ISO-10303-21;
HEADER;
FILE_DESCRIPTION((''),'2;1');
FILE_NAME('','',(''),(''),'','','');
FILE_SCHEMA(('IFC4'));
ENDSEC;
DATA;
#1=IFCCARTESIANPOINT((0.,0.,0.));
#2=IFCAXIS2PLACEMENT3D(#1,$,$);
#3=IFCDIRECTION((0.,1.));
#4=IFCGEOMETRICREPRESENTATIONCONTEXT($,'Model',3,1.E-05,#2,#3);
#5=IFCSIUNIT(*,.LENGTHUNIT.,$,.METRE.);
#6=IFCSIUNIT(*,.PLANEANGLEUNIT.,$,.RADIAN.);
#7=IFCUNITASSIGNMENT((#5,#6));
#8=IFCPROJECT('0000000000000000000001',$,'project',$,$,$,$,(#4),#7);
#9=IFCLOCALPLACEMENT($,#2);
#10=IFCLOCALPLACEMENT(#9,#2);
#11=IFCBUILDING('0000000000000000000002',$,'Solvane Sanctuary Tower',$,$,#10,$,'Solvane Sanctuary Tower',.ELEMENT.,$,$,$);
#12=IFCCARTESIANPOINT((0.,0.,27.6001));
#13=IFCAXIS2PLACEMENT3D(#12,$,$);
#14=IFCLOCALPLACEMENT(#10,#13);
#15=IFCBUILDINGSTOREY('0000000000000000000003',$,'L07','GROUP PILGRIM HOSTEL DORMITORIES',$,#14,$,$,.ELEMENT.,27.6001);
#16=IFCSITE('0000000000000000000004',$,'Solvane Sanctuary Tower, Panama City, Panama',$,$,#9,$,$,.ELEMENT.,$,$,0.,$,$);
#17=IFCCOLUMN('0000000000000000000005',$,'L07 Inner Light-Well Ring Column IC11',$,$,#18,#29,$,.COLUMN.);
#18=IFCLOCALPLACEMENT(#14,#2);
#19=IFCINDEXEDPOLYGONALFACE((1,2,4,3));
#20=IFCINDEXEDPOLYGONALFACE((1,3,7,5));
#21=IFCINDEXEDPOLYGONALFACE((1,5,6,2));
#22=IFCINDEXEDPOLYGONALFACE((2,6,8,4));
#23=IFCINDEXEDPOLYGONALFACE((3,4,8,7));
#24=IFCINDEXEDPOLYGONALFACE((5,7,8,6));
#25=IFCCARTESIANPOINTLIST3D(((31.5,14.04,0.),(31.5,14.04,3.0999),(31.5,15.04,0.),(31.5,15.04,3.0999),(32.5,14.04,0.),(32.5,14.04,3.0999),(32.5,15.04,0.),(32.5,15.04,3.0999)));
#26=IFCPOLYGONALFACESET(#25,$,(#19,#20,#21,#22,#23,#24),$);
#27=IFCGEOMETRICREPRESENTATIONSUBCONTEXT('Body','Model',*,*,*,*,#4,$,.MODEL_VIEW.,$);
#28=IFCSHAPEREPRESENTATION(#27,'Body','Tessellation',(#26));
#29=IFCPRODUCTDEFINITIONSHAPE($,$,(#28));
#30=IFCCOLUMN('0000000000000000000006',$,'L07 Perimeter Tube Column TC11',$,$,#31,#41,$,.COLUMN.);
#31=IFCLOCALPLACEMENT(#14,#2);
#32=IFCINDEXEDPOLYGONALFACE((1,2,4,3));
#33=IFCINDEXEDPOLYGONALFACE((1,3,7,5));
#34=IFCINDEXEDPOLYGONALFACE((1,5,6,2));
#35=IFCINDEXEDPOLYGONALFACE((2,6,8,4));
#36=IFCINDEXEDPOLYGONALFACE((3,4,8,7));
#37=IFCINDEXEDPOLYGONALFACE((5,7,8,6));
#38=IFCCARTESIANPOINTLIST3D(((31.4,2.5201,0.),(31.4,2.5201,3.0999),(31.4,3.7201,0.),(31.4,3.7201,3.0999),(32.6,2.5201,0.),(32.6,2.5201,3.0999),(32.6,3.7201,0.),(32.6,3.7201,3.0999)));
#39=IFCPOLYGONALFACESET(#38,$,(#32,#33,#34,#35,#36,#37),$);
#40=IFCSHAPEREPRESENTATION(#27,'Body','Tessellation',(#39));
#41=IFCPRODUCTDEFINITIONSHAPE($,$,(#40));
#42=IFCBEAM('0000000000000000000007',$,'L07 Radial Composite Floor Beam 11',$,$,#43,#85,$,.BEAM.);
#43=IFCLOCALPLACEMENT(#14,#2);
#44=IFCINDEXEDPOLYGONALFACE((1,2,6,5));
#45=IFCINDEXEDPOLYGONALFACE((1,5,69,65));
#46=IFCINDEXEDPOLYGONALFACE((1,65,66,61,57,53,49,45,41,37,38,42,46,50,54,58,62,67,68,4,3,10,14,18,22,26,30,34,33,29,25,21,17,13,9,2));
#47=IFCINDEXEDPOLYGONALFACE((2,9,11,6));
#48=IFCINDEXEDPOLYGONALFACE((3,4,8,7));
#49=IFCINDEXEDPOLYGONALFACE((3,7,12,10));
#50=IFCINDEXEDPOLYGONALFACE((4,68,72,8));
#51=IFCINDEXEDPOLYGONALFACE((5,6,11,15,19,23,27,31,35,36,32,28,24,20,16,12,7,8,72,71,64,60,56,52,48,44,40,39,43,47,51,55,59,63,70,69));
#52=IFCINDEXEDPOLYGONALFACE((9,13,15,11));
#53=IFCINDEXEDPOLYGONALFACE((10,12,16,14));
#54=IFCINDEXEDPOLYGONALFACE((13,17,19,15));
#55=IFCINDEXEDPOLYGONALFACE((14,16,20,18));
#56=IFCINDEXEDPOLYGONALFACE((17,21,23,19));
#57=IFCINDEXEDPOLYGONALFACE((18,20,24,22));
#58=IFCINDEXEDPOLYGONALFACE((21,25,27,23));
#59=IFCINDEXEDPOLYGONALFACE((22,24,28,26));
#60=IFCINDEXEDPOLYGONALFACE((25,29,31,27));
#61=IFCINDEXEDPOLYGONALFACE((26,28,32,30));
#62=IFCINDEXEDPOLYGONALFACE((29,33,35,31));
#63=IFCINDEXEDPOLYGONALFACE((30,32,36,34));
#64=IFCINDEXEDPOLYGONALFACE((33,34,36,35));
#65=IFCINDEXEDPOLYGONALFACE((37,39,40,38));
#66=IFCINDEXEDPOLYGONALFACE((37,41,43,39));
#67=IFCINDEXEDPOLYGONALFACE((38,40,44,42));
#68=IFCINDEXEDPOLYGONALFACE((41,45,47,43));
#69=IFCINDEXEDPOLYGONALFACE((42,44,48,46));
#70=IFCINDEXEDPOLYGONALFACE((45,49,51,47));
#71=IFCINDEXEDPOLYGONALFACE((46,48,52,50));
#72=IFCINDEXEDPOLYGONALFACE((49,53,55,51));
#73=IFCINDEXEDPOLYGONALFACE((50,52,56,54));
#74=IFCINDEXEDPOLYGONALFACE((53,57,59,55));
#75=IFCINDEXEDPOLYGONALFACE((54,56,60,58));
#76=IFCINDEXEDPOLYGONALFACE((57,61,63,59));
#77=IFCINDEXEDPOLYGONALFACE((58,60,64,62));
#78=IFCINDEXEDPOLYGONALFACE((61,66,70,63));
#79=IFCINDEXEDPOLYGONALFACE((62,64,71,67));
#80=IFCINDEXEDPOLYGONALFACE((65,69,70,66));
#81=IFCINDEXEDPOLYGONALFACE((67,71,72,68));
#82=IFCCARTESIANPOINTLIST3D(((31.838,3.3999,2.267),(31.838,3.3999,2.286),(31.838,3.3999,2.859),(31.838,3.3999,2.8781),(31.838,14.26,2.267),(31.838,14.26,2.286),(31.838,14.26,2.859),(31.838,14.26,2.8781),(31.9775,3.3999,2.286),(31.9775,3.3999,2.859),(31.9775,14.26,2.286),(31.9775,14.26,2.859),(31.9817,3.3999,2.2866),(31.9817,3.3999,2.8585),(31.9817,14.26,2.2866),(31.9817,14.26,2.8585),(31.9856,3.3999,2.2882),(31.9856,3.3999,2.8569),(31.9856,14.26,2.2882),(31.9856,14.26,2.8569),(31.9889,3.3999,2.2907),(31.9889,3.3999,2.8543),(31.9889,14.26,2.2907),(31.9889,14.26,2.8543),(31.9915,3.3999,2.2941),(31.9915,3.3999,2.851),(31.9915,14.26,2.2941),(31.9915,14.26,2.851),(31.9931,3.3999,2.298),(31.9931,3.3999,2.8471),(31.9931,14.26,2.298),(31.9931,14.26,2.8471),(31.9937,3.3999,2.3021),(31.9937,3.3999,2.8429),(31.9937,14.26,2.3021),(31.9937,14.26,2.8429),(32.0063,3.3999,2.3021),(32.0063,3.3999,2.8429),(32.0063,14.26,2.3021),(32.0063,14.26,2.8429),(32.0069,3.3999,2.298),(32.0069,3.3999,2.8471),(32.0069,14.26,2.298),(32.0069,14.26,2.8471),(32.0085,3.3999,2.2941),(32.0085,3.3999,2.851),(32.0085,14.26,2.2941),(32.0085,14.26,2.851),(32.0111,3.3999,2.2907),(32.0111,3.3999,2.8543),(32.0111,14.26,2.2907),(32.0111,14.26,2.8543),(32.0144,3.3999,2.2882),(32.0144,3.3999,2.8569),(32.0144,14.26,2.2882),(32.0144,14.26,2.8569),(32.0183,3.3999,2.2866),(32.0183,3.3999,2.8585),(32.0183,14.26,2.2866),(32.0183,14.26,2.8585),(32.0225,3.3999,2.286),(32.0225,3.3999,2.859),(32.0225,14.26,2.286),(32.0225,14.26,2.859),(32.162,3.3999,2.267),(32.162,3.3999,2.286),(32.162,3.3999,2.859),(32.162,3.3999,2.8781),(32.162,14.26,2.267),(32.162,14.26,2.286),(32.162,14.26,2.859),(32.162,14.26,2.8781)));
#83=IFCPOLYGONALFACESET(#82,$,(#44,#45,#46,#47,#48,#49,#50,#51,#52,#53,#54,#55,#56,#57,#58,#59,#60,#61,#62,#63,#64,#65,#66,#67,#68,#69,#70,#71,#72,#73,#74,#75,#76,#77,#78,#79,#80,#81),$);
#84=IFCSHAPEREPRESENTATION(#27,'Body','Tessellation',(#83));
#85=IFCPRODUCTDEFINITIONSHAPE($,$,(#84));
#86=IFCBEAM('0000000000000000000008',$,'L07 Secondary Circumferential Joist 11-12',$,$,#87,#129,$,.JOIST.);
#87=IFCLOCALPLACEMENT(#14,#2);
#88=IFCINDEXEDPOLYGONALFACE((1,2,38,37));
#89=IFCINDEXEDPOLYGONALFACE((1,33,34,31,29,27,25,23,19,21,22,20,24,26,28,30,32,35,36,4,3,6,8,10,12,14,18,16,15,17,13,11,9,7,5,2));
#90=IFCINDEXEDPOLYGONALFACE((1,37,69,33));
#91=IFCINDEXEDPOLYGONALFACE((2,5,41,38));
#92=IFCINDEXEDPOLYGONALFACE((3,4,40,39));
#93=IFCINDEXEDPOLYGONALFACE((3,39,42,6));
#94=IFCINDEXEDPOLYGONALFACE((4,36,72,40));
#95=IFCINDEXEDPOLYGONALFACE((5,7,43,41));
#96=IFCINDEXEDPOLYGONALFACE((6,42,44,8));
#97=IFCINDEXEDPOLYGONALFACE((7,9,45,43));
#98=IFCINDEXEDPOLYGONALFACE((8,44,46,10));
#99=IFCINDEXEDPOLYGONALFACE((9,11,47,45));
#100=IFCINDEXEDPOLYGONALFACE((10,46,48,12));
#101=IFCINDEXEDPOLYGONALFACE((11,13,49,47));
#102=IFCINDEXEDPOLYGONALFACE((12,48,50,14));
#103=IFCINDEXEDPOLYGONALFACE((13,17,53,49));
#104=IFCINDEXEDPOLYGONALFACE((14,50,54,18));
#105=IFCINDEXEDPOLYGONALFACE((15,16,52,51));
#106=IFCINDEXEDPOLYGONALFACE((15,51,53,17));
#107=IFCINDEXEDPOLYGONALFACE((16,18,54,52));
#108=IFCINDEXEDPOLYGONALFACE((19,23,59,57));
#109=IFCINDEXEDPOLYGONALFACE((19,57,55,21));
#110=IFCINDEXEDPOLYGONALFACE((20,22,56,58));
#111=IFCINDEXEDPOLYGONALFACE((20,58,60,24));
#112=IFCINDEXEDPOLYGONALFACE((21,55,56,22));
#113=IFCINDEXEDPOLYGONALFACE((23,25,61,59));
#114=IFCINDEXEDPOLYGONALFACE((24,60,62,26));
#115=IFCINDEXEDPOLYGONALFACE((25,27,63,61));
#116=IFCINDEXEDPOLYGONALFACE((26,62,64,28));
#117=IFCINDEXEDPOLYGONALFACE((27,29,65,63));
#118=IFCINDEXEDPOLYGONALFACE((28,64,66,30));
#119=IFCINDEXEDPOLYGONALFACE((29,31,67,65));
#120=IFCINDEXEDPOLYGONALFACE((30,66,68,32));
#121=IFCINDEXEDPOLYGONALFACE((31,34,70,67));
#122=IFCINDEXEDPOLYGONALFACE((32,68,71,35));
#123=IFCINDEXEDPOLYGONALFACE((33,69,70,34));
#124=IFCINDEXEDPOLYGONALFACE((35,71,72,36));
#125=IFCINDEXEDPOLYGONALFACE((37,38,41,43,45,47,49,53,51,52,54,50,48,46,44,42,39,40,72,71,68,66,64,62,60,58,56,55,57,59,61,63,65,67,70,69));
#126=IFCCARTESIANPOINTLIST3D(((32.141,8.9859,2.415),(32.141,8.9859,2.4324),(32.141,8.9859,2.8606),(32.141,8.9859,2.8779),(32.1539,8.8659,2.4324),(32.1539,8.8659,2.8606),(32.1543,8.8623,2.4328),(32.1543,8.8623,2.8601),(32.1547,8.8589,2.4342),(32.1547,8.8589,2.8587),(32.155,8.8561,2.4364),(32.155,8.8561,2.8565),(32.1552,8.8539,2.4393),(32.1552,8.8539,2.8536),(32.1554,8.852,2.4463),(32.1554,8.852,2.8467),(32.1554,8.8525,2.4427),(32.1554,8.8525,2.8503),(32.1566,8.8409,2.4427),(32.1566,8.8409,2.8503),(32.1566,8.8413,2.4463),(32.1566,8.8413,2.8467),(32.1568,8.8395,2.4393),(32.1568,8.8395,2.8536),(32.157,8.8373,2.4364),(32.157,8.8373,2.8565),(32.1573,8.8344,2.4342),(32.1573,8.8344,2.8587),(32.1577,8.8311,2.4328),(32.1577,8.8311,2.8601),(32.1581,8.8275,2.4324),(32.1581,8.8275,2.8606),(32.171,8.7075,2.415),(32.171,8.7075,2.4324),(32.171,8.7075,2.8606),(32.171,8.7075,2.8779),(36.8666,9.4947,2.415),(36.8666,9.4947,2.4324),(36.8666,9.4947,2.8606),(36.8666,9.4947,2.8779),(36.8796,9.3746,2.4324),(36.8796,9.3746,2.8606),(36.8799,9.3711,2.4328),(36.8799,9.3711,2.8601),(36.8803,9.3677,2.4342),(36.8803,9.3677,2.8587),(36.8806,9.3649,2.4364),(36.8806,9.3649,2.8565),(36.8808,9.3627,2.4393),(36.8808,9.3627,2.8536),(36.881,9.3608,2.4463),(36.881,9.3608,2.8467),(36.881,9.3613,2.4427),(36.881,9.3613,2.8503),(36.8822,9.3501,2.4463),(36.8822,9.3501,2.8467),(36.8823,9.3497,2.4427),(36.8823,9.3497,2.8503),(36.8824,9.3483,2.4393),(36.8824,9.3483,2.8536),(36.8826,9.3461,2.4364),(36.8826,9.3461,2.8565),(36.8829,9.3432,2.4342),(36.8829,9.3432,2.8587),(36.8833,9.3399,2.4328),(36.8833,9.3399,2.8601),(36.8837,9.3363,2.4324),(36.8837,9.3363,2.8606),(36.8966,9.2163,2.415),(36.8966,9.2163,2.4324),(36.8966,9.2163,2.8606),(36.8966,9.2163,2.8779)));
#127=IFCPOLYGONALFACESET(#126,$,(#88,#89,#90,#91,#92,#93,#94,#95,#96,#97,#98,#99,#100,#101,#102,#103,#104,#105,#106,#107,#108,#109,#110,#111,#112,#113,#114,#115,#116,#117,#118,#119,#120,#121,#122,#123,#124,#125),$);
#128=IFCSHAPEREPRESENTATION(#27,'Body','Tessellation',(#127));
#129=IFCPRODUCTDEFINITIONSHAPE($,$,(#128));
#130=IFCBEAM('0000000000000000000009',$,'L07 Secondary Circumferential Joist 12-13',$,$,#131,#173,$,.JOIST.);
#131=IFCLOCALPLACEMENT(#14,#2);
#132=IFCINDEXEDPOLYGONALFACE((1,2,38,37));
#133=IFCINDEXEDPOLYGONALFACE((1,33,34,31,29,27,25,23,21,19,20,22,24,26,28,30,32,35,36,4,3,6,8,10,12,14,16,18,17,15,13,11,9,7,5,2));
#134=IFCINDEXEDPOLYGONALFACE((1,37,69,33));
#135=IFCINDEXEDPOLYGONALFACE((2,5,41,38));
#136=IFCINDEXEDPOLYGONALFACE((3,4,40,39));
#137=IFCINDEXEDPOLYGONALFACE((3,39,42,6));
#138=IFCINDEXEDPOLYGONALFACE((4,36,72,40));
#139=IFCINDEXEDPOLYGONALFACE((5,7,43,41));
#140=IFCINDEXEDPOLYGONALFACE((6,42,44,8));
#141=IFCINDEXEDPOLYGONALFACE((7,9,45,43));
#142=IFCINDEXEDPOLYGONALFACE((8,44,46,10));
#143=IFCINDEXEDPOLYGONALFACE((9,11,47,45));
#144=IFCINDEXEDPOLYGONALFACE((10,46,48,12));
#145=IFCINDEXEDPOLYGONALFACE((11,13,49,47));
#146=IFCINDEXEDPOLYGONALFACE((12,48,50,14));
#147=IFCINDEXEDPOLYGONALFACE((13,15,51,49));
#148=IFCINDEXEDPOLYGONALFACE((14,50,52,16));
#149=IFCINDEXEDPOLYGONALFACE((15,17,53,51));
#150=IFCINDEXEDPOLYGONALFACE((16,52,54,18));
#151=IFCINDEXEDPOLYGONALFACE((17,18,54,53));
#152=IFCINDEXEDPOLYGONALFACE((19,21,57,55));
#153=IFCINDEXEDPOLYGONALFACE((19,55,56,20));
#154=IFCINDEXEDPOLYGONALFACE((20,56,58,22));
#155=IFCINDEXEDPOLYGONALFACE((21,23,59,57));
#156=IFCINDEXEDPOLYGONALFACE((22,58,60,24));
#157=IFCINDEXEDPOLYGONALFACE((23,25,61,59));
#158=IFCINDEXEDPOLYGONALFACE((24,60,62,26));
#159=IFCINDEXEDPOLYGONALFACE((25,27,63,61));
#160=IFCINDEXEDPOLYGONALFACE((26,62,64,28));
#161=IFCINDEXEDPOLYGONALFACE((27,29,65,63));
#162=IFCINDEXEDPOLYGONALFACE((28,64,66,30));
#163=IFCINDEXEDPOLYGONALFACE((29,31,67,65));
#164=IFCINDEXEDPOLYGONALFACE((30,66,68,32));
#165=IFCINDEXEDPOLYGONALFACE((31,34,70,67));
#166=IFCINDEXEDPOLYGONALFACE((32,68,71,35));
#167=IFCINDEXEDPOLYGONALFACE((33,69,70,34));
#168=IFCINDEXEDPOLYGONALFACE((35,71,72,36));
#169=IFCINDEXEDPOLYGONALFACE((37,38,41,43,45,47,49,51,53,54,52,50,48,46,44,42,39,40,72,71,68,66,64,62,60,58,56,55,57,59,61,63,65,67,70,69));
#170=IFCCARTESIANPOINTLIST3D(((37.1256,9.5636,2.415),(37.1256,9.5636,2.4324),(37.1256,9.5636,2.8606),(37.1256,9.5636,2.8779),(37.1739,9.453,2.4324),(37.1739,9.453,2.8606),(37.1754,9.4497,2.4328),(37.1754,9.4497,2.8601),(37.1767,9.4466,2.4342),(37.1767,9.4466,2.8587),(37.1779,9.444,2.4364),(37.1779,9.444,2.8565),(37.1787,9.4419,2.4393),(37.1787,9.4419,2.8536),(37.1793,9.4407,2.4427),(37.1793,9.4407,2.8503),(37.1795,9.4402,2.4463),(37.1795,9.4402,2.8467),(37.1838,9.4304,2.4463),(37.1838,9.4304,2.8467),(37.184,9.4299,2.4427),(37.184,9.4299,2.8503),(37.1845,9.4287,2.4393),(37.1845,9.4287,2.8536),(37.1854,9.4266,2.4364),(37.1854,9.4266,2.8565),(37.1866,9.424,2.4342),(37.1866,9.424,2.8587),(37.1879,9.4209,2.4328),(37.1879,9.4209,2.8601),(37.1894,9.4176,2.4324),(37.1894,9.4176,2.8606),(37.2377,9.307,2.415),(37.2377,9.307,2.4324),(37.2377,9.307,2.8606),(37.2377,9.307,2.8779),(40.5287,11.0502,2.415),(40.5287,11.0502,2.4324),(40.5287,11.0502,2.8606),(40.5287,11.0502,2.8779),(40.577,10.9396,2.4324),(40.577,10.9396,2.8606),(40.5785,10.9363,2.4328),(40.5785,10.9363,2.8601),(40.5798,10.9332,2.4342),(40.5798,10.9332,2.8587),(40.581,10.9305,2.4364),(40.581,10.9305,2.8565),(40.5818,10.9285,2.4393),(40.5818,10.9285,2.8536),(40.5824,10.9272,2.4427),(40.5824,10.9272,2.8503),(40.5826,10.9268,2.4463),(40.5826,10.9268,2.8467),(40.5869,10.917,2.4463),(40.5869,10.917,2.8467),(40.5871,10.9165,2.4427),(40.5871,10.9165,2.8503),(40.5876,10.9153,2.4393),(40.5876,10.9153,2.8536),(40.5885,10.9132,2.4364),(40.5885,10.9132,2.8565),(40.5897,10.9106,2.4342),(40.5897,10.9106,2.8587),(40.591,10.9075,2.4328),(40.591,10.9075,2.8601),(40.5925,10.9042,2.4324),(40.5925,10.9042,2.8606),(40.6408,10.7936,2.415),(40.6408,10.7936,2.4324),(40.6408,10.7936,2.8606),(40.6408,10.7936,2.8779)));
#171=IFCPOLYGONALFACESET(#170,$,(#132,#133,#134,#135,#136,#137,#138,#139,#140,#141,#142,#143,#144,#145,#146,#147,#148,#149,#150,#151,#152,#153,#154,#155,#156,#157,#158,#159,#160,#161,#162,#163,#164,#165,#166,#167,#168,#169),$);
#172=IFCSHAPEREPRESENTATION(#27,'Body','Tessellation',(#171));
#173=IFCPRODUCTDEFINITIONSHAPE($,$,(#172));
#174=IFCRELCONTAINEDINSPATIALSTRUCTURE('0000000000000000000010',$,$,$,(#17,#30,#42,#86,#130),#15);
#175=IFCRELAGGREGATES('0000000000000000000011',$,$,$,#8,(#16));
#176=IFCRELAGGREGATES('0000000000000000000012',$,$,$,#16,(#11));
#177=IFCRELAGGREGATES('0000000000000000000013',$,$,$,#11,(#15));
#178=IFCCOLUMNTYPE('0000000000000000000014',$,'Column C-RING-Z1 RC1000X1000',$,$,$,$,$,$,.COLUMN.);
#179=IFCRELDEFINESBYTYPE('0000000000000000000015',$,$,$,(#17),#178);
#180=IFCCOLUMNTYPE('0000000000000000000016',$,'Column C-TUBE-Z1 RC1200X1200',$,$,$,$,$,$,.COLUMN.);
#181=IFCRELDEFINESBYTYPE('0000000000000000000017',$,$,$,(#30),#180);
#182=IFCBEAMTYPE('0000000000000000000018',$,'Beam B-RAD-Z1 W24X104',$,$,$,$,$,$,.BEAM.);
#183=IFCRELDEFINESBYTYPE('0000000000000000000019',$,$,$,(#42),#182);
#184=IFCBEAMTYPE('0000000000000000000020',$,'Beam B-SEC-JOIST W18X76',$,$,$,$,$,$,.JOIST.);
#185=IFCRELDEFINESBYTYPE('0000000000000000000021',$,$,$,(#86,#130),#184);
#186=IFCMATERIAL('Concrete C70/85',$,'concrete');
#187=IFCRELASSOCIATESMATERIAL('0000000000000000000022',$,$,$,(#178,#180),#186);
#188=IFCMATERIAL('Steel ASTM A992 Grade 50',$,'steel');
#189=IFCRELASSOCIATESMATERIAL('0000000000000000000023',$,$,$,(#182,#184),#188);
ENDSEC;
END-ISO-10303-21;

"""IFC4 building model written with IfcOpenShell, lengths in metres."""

from ifc_helpers import new_model, si_unit, direction, frame, origin, origin_2d, place, context, subcontext, project, spatial, rectangle, i_section, extrude, material, material_profile, profile_set, type_object, element, save


model = new_model("IFC4")

# Units and contexts
model_context = context("Model", 3, precision=1e-05, world=origin(), true_north=direction((0.0, 1.0)))
body_context = subcontext(model_context, "Body", "Model", "MODEL_VIEW")
ifc_project = project(units=[si_unit("LENGTHUNIT", "METRE"), si_unit("PLANEANGLEUNIT", "RADIAN")], contexts=[model_context])

# Site, building, storey
site_placement = place(None, origin())
site = spatial("IfcSite", under=ifc_project, at=site_placement, Name="Solvane Sanctuary Tower, Panama City, Panama", CompositionType="ELEMENT", RefElevation=0.0)
building_placement = place(site_placement, origin())
building = spatial("IfcBuilding", under=site, at=building_placement, Name="Solvane Sanctuary Tower", LongName="Solvane Sanctuary Tower", CompositionType="ELEMENT")
storey_placement = place(building_placement, frame((0.0, 0.0, 27.6001)))
storey = spatial("IfcBuildingStorey", under=building, at=storey_placement, Name="L07", Description="GROUP PILGRIM HOSTEL DORMITORIES", CompositionType="ELEMENT", Elevation=27.6001)

# Columns
ifc_material_1 = material(Name="Concrete C70/85", Category="concrete")
ifc_material_profile_1 = material_profile(ifc_material_1, rectangle(XDim=1.0, YDim=1.0, at=origin_2d()), Name="RC1000X1000")
ifc_profile_set_1 = profile_set([ifc_material_profile_1], Name="Concrete C70/85")
column_type_1 = type_object("IfcColumnType", Name="Column C-RING-Z1 RC1000X1000", PredefinedType="COLUMN", material=ifc_profile_set_1)
column_1_placement = place(storey_placement, frame((32.0, 14.54, 0.0), z_axis=(0.0, 0.0, 1.0), x_axis=(1.0, 0.0, 0.0)))
element("IfcColumn", 1, at=column_1_placement, inside=storey, type_object=column_type_1, Name="L07 Inner Light-Well Ring Column IC11", PredefinedType="COLUMN", context=body_context, shape_type="SweptSolid", body=[
    extrude(rectangle(XDim=1.0, YDim=1.0, at=origin_2d()), origin(), (0.0, 0.0, 1.0), 3.0999),
])
ifc_material_profile_2 = material_profile(ifc_material_1, rectangle(XDim=1.2, YDim=1.2, at=origin_2d()), Name="RC1200X1200")
ifc_profile_set_2 = profile_set([ifc_material_profile_2], Name="Concrete C70/85")
column_type_2 = type_object("IfcColumnType", Name="Column C-TUBE-Z1 RC1200X1200", PredefinedType="COLUMN", material=ifc_profile_set_2)
column_2_placement = place(storey_placement, frame((32.0, 3.1201, 0.0), z_axis=(0.0, 0.0, 1.0), x_axis=(0.0, -1.0, 0.0)))
element("IfcColumn", 2, at=column_2_placement, inside=storey, type_object=column_type_2, Name="L07 Perimeter Tube Column TC11", PredefinedType="COLUMN", context=body_context, shape_type="SweptSolid", body=[
    extrude(rectangle(XDim=1.2, YDim=1.2, at=origin_2d()), origin(), (0.0, 0.0, 1.0), 3.0999),
])

# Beams
ifc_material_2 = material(Name="Steel ASTM A992 Grade 50", Category="steel")
ifc_material_profile_3 = material_profile(ifc_material_2, i_section(OverallWidth=0.324, OverallDepth=0.6111, WebThickness=0.0127, FlangeThickness=0.019, FilletRadius=0.0161, at=origin_2d()), Name="W24X104")
ifc_profile_set_3 = profile_set([ifc_material_profile_3], Name="Steel ASTM A992 Grade 50")
beam_type_1 = type_object("IfcBeamType", Name="Beam B-RAD-Z1 W24X104", PredefinedType="BEAM", material=ifc_profile_set_3)
beam_1_placement = place(storey_placement, frame((32.0, 14.26, 2.5725), z_axis=(0.0, -1.0, 0.0), x_axis=(1.0, 0.0, 0.0)))
element("IfcBeam", 3, at=beam_1_placement, inside=storey, type_object=beam_type_1, Name="L07 Radial Composite Floor Beam 11", PredefinedType="BEAM", context=body_context, shape_type="SweptSolid", body=[
    extrude(i_section(OverallWidth=0.324, OverallDepth=0.6111, WebThickness=0.0127, FlangeThickness=0.019, FilletRadius=0.0161, at=origin_2d()), origin(), (0.0, 0.0, 1.0), 10.8601),
])
ifc_material_profile_4 = material_profile(ifc_material_2, i_section(OverallWidth=0.28, OverallDepth=0.4629, WebThickness=0.0107, FlangeThickness=0.0173, FilletRadius=0.0139, at=origin_2d()), Name="W18X76")
ifc_profile_set_4 = profile_set([ifc_material_profile_4], Name="Steel ASTM A992 Grade 50")
beam_type_2 = type_object("IfcBeamType", Name="Beam B-SEC-JOIST W18X76", PredefinedType="JOIST", material=ifc_profile_set_4)
beam_2_placement = place(storey_placement, frame((32.156, 8.8467, 2.6465), z_axis=(0.994254, 0.107048, 0.0), x_axis=(-0.107048, 0.994254, 0.0)))
element("IfcBeam", 4, at=beam_2_placement, inside=storey, type_object=beam_type_2, Name="L07 Secondary Circumferential Joist 11-12", PredefinedType="JOIST", context=body_context, shape_type="SweptSolid", body=[
    extrude(i_section(OverallWidth=0.28, OverallDepth=0.4629, WebThickness=0.0107, FlangeThickness=0.0173, FilletRadius=0.0139, at=origin_2d()), origin(), (0.0, 0.0, 1.0), 4.7529),
])
beam_3_placement = place(storey_placement, frame((37.1816, 9.4353, 2.6465), z_axis=(0.916382, 0.400305, 0.0), x_axis=(-0.400305, 0.916382, 0.0)))
element("IfcBeam", 5, at=beam_3_placement, inside=storey, type_object=beam_type_2, Name="L07 Secondary Circumferential Joist 12-13", PredefinedType="JOIST", context=body_context, shape_type="SweptSolid", body=[
    extrude(i_section(OverallWidth=0.28, OverallDepth=0.4629, WebThickness=0.0107, FlangeThickness=0.0173, FilletRadius=0.0139, at=origin_2d()), origin(), (0.0, 0.0, 1.0), 3.7136),
])

save(model, "model.ifc")
